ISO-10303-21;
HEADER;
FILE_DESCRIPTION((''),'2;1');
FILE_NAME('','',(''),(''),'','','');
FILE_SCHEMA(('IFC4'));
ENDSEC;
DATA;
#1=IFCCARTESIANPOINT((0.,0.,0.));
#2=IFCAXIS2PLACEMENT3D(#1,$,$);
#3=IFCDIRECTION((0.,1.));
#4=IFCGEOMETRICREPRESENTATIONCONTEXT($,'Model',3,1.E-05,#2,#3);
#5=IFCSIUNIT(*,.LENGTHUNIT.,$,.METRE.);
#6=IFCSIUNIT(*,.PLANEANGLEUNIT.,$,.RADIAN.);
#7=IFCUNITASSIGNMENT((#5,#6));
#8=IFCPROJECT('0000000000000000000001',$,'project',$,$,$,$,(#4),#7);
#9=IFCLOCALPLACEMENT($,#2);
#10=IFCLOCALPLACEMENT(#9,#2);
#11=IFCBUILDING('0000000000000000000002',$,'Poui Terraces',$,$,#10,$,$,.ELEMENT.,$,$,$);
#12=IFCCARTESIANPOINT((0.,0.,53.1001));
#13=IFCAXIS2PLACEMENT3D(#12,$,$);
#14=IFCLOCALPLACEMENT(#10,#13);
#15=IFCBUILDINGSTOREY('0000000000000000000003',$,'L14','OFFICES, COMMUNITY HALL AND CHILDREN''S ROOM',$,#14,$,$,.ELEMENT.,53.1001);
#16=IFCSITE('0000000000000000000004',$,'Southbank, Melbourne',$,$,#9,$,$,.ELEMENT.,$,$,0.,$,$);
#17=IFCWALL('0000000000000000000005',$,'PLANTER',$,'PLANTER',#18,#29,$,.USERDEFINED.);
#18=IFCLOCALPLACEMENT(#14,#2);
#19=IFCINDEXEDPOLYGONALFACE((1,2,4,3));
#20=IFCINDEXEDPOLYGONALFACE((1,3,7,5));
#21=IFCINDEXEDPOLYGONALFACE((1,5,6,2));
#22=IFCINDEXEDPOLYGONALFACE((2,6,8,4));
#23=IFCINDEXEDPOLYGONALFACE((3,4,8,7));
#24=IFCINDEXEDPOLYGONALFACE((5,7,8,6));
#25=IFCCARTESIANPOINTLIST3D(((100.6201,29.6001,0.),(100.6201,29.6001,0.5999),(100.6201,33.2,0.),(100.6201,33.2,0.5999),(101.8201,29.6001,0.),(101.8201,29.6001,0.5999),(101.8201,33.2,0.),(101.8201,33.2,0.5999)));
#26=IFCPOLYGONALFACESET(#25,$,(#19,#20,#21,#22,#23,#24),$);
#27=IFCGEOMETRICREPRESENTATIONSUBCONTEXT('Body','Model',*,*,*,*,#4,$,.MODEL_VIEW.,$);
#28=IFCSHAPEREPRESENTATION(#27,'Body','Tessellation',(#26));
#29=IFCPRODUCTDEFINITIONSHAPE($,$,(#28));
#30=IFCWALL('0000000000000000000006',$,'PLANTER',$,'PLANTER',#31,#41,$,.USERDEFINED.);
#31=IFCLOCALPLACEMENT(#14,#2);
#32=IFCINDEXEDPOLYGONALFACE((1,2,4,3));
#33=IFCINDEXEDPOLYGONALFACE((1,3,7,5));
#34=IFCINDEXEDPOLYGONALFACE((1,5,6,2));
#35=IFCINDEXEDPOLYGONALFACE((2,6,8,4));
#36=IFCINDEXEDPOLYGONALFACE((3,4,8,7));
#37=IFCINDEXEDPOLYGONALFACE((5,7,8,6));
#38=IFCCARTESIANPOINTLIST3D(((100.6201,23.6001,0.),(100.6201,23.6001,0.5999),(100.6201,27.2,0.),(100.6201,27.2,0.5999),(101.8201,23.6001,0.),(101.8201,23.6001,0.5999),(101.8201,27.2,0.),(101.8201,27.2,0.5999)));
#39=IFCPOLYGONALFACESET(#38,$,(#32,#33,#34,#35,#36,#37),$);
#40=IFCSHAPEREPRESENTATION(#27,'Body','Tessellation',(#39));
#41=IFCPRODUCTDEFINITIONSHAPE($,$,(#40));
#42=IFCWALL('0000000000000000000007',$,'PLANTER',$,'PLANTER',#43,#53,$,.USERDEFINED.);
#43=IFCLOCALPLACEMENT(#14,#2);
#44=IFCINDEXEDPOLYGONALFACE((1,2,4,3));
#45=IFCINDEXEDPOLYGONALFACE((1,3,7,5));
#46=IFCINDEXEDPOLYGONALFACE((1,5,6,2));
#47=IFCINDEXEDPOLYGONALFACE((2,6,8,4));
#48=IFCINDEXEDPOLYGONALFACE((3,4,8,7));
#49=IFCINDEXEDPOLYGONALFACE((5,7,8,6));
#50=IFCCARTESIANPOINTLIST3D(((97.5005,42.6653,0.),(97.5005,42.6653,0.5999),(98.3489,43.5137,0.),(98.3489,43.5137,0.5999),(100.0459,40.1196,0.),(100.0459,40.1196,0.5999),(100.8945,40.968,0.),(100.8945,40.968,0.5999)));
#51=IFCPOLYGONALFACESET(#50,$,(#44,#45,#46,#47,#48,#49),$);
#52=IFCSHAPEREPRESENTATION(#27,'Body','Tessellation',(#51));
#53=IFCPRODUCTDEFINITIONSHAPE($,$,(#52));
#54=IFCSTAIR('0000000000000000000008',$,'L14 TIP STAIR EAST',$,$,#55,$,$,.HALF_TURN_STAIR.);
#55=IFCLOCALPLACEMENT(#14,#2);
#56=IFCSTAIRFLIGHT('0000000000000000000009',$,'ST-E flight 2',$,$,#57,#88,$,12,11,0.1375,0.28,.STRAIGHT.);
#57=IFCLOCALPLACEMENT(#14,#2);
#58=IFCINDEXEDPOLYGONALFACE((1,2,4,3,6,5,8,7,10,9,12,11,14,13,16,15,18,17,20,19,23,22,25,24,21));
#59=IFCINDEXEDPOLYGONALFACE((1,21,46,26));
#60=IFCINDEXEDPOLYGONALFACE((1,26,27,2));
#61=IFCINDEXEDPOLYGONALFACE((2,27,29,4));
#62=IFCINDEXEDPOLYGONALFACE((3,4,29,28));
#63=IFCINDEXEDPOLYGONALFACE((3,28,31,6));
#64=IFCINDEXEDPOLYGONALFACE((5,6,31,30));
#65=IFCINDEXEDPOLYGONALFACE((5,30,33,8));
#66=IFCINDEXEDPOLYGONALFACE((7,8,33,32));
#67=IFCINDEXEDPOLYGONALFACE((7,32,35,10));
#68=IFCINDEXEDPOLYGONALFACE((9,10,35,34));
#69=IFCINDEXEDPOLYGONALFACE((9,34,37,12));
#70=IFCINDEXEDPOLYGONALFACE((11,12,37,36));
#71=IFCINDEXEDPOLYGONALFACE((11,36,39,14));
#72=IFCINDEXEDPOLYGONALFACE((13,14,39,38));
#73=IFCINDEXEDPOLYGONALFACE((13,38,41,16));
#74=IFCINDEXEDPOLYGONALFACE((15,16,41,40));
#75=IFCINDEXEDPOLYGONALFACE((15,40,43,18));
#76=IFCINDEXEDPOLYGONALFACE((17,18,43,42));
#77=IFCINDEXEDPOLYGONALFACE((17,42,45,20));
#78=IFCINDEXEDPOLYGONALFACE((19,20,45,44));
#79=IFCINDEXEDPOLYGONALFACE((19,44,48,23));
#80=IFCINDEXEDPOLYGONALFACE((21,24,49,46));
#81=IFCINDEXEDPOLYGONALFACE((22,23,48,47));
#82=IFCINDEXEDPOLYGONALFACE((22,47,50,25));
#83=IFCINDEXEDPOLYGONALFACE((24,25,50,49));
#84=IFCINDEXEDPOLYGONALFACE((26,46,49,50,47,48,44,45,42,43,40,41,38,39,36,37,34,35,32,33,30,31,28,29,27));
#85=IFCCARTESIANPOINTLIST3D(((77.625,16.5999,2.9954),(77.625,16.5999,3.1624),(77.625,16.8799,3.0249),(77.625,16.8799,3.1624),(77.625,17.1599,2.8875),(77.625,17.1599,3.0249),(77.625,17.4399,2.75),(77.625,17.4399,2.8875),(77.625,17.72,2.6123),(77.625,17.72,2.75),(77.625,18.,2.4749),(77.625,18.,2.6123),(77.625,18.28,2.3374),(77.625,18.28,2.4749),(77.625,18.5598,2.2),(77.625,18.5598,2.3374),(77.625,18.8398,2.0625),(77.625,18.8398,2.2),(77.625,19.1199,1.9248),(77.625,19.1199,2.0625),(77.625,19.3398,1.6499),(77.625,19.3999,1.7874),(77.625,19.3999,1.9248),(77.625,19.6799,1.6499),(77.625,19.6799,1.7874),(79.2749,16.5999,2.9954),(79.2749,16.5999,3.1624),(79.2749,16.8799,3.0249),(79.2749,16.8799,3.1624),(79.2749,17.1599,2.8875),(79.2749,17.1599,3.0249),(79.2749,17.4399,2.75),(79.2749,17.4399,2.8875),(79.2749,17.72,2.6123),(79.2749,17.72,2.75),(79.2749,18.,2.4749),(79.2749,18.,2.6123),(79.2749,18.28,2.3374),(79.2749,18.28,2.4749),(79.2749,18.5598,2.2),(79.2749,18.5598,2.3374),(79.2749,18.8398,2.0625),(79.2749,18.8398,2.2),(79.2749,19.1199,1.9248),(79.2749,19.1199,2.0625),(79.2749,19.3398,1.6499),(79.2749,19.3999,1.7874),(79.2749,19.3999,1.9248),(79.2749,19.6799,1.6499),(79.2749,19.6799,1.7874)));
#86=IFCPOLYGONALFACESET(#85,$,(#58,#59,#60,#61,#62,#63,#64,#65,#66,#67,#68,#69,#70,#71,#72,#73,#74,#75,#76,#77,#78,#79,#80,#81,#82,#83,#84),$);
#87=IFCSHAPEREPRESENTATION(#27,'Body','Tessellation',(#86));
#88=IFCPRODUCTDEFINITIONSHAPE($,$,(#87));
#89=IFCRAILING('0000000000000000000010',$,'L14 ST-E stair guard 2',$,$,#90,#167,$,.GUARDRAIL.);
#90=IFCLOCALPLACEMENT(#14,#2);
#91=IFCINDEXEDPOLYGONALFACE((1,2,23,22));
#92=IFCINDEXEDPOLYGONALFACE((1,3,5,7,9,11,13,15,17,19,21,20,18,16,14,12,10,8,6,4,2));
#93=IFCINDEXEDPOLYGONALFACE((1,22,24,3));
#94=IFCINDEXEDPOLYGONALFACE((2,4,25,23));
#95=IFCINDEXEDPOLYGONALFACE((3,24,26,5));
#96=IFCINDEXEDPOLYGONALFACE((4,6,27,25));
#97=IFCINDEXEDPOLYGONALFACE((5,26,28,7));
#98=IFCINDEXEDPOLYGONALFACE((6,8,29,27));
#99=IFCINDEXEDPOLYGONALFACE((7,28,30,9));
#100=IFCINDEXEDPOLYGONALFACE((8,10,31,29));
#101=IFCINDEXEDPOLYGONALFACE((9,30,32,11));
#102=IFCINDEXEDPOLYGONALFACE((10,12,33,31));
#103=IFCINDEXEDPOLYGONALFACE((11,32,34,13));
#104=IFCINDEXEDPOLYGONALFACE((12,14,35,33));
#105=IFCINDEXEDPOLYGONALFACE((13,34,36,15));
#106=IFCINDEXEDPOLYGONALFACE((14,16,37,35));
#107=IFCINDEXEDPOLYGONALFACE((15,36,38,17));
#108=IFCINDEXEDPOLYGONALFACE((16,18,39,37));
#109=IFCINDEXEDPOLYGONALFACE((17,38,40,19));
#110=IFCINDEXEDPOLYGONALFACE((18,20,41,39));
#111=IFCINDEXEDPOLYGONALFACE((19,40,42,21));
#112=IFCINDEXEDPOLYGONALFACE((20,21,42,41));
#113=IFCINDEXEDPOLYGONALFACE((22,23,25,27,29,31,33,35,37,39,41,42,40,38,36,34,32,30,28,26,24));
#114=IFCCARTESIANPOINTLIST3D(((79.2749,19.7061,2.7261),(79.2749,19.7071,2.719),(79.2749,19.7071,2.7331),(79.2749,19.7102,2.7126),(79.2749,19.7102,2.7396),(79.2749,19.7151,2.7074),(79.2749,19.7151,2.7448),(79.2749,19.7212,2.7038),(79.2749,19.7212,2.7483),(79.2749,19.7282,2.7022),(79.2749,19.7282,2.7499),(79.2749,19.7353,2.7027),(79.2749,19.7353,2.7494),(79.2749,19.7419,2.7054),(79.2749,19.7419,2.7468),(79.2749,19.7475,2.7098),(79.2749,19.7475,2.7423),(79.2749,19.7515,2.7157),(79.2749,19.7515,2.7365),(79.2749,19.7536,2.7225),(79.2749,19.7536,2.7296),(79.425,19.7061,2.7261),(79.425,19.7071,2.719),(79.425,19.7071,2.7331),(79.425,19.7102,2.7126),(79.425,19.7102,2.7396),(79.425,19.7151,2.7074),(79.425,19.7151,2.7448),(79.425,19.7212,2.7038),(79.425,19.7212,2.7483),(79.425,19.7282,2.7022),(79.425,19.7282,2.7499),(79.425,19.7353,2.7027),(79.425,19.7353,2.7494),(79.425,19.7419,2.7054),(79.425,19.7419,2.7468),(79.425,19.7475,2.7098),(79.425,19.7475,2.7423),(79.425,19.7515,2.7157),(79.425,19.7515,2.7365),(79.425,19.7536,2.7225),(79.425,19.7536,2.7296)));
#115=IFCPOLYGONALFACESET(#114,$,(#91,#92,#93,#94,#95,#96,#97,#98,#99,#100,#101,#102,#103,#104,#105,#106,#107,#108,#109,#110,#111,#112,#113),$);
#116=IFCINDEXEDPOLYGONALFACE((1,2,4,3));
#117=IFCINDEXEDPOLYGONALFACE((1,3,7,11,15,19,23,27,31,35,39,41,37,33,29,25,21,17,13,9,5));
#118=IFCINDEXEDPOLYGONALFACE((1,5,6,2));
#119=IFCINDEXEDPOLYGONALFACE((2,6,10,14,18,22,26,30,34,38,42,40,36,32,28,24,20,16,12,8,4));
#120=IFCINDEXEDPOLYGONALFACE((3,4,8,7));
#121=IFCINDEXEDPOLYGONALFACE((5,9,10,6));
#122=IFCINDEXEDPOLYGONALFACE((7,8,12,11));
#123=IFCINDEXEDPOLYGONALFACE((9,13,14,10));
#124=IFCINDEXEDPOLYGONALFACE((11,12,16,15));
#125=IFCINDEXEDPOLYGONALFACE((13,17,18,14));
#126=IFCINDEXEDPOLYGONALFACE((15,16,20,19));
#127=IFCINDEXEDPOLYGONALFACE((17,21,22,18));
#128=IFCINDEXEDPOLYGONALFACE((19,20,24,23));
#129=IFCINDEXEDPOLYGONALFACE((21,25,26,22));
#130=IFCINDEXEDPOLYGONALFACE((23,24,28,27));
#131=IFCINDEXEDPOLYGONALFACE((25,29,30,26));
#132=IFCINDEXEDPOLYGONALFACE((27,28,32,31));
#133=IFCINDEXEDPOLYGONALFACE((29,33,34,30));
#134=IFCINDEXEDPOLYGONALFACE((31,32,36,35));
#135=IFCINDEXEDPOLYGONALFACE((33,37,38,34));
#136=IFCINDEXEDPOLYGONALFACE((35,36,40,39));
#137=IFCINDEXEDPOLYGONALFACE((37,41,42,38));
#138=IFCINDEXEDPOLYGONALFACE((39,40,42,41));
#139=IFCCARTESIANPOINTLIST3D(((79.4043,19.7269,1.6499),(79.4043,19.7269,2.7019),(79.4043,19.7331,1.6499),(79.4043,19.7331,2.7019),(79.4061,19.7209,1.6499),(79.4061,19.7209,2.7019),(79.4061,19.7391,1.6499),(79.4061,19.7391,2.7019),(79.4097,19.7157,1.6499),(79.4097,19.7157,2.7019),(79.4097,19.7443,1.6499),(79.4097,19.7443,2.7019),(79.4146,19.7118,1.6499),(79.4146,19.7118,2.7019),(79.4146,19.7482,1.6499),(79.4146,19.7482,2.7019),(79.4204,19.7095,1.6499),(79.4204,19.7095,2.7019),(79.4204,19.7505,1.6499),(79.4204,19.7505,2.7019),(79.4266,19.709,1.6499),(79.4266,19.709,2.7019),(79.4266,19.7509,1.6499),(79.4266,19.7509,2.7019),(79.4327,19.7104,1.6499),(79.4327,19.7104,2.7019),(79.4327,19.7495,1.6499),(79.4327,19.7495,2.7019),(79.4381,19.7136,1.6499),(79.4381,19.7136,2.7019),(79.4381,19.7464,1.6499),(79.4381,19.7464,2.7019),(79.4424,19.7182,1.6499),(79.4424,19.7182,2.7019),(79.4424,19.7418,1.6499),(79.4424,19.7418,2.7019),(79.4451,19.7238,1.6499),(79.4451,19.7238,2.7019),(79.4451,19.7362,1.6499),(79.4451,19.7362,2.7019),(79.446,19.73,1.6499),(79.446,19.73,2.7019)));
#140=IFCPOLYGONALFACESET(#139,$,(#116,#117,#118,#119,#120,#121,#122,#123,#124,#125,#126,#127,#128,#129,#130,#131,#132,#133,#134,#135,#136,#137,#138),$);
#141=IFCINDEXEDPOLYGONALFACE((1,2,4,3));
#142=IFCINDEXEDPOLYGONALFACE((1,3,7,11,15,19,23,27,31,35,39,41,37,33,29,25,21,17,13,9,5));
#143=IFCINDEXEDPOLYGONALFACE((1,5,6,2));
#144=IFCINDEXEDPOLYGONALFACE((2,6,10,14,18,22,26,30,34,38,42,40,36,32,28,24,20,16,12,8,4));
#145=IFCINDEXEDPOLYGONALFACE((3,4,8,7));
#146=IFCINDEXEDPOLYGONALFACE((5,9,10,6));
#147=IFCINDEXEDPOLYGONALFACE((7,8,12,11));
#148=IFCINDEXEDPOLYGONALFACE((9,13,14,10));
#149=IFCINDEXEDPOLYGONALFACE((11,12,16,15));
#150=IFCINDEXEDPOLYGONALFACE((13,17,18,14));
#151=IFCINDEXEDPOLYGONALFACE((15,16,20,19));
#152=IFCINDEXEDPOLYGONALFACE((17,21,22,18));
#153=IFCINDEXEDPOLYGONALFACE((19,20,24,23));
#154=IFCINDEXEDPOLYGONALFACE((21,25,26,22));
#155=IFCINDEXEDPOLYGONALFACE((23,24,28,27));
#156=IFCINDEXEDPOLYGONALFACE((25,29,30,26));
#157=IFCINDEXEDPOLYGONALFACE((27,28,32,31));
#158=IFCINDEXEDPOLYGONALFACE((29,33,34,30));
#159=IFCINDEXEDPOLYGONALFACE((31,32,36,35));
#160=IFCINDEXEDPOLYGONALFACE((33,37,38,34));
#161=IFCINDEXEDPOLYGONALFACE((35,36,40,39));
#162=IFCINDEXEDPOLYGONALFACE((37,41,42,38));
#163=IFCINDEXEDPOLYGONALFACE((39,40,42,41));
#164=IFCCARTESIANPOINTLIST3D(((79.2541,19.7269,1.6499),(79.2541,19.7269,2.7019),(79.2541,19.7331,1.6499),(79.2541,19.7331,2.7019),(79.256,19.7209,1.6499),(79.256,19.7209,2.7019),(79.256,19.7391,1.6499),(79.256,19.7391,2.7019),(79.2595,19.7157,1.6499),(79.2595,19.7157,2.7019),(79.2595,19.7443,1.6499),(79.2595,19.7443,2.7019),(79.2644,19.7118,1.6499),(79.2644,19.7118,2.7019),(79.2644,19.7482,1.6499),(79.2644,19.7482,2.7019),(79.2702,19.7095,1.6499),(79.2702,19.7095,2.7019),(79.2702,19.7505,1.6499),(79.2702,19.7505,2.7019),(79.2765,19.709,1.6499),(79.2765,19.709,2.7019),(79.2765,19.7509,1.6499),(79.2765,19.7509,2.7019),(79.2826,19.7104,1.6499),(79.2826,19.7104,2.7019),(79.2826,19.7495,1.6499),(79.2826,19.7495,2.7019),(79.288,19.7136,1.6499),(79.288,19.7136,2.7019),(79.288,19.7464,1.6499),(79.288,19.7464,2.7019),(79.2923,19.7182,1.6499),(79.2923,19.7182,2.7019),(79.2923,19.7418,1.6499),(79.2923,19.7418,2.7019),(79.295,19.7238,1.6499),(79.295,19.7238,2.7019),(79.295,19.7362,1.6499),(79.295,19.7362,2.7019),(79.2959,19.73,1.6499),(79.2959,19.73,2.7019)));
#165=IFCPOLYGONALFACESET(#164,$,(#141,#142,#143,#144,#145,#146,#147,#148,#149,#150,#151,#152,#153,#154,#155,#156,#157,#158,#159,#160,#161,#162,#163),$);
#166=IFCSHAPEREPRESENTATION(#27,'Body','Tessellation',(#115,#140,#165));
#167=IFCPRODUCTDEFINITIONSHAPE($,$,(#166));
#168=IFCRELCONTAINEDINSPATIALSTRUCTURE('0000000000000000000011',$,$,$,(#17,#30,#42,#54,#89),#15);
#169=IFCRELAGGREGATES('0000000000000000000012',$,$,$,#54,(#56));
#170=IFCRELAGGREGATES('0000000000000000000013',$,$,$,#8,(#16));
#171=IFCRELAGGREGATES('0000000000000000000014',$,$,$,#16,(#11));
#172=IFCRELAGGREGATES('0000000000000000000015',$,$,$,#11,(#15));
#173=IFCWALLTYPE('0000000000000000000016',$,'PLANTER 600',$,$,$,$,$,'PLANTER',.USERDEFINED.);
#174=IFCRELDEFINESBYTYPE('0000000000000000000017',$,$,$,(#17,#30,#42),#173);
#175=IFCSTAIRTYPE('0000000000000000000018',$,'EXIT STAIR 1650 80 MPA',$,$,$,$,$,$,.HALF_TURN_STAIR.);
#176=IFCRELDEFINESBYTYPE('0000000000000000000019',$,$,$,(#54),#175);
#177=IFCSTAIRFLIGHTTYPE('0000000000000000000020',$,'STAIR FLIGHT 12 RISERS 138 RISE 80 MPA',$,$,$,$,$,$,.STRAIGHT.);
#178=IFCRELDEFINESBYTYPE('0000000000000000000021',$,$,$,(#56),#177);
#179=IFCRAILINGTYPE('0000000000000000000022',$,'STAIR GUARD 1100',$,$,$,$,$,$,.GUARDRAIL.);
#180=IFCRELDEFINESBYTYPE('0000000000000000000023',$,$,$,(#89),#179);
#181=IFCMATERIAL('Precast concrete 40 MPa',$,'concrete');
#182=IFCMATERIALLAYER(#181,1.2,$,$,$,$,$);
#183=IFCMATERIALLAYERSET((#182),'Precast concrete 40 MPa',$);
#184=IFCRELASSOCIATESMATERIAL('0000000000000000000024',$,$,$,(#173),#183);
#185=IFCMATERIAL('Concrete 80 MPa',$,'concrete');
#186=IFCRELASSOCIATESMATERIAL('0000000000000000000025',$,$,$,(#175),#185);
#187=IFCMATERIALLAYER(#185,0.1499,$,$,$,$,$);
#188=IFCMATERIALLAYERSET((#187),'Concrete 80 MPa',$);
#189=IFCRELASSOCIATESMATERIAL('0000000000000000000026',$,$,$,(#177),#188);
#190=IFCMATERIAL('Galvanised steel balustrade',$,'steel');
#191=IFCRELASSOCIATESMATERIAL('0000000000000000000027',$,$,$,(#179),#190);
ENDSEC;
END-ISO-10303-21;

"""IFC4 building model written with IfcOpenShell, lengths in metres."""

from ifc_helpers import new_model, si_unit, direction, frame, origin, origin_2d, place, context, subcontext, project, spatial, polyline, circle, outline, extrude, source, transform, mapped, material, layer, layer_set, type_object, element, aggregate, save


model = new_model("IFC4")

# Units and contexts
model_context = context("Model", 3, precision=1e-05, world=origin(), true_north=direction((0.0, 1.0)))
body_context = subcontext(model_context, "Body", "Model", "MODEL_VIEW")
ifc_project = project(units=[si_unit("LENGTHUNIT", "METRE"), si_unit("PLANEANGLEUNIT", "RADIAN")], contexts=[model_context])

# Site, building, storey
site_placement = place(None, origin())
site = spatial("IfcSite", under=ifc_project, at=site_placement, Name="Southbank, Melbourne", CompositionType="ELEMENT", RefElevation=0.0)
building_placement = place(site_placement, origin())
building = spatial("IfcBuilding", under=site, at=building_placement, Name="Poui Terraces", CompositionType="ELEMENT")
storey_placement = place(building_placement, frame((0.0, 0.0, 53.1001)))
storey = spatial("IfcBuildingStorey", under=building, at=storey_placement, Name="L14", Description="OFFICES, COMMUNITY HALL AND CHILDREN'S ROOM", CompositionType="ELEMENT", Elevation=53.1001)

# Shared definitions
ifc_material_1 = material(Name="Concrete 80 MPa", Category="concrete")

# Shared definitions
ifc_material_2 = material(Name="Precast concrete 40 MPa", Category="concrete")

# Walls
ifc_layer_1 = layer(ifc_material_2, 1.2)
ifc_layer_set_1 = layer_set([ifc_layer_1], Name="Precast concrete 40 MPa")
wall_type_1 = type_object("IfcWallType", Name="PLANTER 600", ElementType="PLANTER", PredefinedType="USERDEFINED", material=ifc_layer_set_1)
shared_shape_1 = source(origin(), body_context, "Body", "SweptSolid", [
    extrude(outline(polyline([(0.0, 0.0), (1.2, 0.0), (1.2, 3.5999), (0.0, 3.5999), (0.0, 0.0)])), origin(), (0.0, 0.0, 1.0), 0.5999),
])
for number, where, name in (
    (1, (100.6201, 29.6001, 0.0), "PLANTER"),
    (2, (100.6201, 23.6001, 0.0), "PLANTER"),
):
    element("IfcWall", number, at=place(storey_placement, frame(where)), inside=storey, type_object=wall_type_1, Name=name, ObjectType="PLANTER", PredefinedType="USERDEFINED", context=body_context, shape_type="MappedRepresentation", body=[
        mapped(shared_shape_1, transform((0.0, 0.0, 0.0))),
    ])
shared_shape_2 = source(origin(), body_context, "Body", "SweptSolid", [
    extrude(outline(polyline([(0.0, 0.0), (2.5454, -2.5457), (3.394, -1.6973), (0.8484, 0.8484), (0.0, 0.0)])), origin(), (0.0, 0.0, 1.0), 0.5999),
])
wall_1_placement = place(storey_placement, frame((97.5005, 42.6653, 0.0)))
element("IfcWall", 3, at=wall_1_placement, inside=storey, type_object=wall_type_1, Name="PLANTER", ObjectType="PLANTER", PredefinedType="USERDEFINED", context=body_context, shape_type="MappedRepresentation", body=[
    mapped(shared_shape_2, transform((0.0, 0.0, 0.0))),
])

# Stair, stair flight
stair_type = type_object("IfcStairType", Name="EXIT STAIR 1650 80 MPA", PredefinedType="HALF_TURN_STAIR", material=ifc_material_1)
stair_placement = place(storey_placement, origin())
stair = element("IfcStair", 4, at=stair_placement, inside=storey, type_object=stair_type, Name="L14 TIP STAIR EAST", PredefinedType="HALF_TURN_STAIR")
ifc_layer_2 = layer(ifc_material_1, 0.1499)
ifc_layer_set_2 = layer_set([ifc_layer_2], Name="Concrete 80 MPa")
stair_flight_type = type_object("IfcStairFlightType", Name="STAIR FLIGHT 12 RISERS 138 RISE 80 MPA", PredefinedType="STRAIGHT", material=ifc_layer_set_2)
stair_flight_placement = place(storey_placement, frame((78.45, 19.6799, 1.6499), z_axis=(0.0, 0.0, 1.0), x_axis=(0.0, -1.0, 0.0)))
stair_flight = element("IfcStairFlight", 5, at=stair_flight_placement, type_object=stair_flight_type, Name="ST-E flight 2", NumberOfRisers=12, NumberOfTreads=11, PredefinedType="STRAIGHT", RiserHeight=0.1375, TreadLength=0.28, context=body_context, shape_type="SweptSolid", body=[
    extrude(outline(polyline([(0.0, 0.0), (0.0, 0.1375), (0.28, 0.1375), (0.28, 0.2749), (0.5601, 0.2749), (0.5601, 0.4126), (0.8401, 0.4126), (0.8401, 0.55), (1.1201, 0.55), (1.1201, 0.6875), (1.3999, 0.6875), (1.3999, 0.825), (1.6799, 0.825), (1.6799, 0.9624), (1.96, 0.9624), (1.96, 1.1001), (2.24, 1.1001), (2.24, 1.2375), (2.52, 1.2375), (2.52, 1.375), (2.8, 1.375), (2.8, 1.5125), (3.0801, 1.5125), (3.0801, 1.6499), (3.0801, 1.3455), (0.3401, 0.0), (0.0, 0.0)])), frame((0.0, 0.825, 0.0), z_axis=(0.0, -1.0, 0.0), x_axis=(1.0, 0.0, 0.0)), (0.0, 0.0, 1.0), 1.6499),
])
aggregate(stair, [stair_flight])

# Railing
ifc_material_3 = material(Name="Galvanised steel balustrade", Category="steel")
railing_type_1 = type_object("IfcRailingType", Name="STAIR GUARD 1100", PredefinedType="GUARDRAIL", material=ifc_material_3)
railing_1_placement = place(storey_placement, frame((79.425, 19.73, 1.6499)))
element("IfcRailing", 6, at=railing_1_placement, inside=storey, type_object=railing_type_1, Name="L14 ST-E stair guard 2", PredefinedType="GUARDRAIL", context=body_context, shape_type="SweptSolid", body=[
    extrude(circle(Radius=0.0239, at=origin_2d()), frame((0.0, 0.0, 1.0762), z_axis=(-1.0, 0.0, 0.0), x_axis=(0.0, -1.0, 0.0)), (0.0, 0.0, 1.0), 0.1501),
    extrude(circle(Radius=0.021, at=origin_2d()), origin(), (0.0, 0.0, 1.0), 1.052),
    extrude(circle(Radius=0.021, at=origin_2d()), frame((-0.1501, 0.0, 0.0)), (0.0, 0.0, 1.0), 1.052),
])

save(model, "model.ifc")
